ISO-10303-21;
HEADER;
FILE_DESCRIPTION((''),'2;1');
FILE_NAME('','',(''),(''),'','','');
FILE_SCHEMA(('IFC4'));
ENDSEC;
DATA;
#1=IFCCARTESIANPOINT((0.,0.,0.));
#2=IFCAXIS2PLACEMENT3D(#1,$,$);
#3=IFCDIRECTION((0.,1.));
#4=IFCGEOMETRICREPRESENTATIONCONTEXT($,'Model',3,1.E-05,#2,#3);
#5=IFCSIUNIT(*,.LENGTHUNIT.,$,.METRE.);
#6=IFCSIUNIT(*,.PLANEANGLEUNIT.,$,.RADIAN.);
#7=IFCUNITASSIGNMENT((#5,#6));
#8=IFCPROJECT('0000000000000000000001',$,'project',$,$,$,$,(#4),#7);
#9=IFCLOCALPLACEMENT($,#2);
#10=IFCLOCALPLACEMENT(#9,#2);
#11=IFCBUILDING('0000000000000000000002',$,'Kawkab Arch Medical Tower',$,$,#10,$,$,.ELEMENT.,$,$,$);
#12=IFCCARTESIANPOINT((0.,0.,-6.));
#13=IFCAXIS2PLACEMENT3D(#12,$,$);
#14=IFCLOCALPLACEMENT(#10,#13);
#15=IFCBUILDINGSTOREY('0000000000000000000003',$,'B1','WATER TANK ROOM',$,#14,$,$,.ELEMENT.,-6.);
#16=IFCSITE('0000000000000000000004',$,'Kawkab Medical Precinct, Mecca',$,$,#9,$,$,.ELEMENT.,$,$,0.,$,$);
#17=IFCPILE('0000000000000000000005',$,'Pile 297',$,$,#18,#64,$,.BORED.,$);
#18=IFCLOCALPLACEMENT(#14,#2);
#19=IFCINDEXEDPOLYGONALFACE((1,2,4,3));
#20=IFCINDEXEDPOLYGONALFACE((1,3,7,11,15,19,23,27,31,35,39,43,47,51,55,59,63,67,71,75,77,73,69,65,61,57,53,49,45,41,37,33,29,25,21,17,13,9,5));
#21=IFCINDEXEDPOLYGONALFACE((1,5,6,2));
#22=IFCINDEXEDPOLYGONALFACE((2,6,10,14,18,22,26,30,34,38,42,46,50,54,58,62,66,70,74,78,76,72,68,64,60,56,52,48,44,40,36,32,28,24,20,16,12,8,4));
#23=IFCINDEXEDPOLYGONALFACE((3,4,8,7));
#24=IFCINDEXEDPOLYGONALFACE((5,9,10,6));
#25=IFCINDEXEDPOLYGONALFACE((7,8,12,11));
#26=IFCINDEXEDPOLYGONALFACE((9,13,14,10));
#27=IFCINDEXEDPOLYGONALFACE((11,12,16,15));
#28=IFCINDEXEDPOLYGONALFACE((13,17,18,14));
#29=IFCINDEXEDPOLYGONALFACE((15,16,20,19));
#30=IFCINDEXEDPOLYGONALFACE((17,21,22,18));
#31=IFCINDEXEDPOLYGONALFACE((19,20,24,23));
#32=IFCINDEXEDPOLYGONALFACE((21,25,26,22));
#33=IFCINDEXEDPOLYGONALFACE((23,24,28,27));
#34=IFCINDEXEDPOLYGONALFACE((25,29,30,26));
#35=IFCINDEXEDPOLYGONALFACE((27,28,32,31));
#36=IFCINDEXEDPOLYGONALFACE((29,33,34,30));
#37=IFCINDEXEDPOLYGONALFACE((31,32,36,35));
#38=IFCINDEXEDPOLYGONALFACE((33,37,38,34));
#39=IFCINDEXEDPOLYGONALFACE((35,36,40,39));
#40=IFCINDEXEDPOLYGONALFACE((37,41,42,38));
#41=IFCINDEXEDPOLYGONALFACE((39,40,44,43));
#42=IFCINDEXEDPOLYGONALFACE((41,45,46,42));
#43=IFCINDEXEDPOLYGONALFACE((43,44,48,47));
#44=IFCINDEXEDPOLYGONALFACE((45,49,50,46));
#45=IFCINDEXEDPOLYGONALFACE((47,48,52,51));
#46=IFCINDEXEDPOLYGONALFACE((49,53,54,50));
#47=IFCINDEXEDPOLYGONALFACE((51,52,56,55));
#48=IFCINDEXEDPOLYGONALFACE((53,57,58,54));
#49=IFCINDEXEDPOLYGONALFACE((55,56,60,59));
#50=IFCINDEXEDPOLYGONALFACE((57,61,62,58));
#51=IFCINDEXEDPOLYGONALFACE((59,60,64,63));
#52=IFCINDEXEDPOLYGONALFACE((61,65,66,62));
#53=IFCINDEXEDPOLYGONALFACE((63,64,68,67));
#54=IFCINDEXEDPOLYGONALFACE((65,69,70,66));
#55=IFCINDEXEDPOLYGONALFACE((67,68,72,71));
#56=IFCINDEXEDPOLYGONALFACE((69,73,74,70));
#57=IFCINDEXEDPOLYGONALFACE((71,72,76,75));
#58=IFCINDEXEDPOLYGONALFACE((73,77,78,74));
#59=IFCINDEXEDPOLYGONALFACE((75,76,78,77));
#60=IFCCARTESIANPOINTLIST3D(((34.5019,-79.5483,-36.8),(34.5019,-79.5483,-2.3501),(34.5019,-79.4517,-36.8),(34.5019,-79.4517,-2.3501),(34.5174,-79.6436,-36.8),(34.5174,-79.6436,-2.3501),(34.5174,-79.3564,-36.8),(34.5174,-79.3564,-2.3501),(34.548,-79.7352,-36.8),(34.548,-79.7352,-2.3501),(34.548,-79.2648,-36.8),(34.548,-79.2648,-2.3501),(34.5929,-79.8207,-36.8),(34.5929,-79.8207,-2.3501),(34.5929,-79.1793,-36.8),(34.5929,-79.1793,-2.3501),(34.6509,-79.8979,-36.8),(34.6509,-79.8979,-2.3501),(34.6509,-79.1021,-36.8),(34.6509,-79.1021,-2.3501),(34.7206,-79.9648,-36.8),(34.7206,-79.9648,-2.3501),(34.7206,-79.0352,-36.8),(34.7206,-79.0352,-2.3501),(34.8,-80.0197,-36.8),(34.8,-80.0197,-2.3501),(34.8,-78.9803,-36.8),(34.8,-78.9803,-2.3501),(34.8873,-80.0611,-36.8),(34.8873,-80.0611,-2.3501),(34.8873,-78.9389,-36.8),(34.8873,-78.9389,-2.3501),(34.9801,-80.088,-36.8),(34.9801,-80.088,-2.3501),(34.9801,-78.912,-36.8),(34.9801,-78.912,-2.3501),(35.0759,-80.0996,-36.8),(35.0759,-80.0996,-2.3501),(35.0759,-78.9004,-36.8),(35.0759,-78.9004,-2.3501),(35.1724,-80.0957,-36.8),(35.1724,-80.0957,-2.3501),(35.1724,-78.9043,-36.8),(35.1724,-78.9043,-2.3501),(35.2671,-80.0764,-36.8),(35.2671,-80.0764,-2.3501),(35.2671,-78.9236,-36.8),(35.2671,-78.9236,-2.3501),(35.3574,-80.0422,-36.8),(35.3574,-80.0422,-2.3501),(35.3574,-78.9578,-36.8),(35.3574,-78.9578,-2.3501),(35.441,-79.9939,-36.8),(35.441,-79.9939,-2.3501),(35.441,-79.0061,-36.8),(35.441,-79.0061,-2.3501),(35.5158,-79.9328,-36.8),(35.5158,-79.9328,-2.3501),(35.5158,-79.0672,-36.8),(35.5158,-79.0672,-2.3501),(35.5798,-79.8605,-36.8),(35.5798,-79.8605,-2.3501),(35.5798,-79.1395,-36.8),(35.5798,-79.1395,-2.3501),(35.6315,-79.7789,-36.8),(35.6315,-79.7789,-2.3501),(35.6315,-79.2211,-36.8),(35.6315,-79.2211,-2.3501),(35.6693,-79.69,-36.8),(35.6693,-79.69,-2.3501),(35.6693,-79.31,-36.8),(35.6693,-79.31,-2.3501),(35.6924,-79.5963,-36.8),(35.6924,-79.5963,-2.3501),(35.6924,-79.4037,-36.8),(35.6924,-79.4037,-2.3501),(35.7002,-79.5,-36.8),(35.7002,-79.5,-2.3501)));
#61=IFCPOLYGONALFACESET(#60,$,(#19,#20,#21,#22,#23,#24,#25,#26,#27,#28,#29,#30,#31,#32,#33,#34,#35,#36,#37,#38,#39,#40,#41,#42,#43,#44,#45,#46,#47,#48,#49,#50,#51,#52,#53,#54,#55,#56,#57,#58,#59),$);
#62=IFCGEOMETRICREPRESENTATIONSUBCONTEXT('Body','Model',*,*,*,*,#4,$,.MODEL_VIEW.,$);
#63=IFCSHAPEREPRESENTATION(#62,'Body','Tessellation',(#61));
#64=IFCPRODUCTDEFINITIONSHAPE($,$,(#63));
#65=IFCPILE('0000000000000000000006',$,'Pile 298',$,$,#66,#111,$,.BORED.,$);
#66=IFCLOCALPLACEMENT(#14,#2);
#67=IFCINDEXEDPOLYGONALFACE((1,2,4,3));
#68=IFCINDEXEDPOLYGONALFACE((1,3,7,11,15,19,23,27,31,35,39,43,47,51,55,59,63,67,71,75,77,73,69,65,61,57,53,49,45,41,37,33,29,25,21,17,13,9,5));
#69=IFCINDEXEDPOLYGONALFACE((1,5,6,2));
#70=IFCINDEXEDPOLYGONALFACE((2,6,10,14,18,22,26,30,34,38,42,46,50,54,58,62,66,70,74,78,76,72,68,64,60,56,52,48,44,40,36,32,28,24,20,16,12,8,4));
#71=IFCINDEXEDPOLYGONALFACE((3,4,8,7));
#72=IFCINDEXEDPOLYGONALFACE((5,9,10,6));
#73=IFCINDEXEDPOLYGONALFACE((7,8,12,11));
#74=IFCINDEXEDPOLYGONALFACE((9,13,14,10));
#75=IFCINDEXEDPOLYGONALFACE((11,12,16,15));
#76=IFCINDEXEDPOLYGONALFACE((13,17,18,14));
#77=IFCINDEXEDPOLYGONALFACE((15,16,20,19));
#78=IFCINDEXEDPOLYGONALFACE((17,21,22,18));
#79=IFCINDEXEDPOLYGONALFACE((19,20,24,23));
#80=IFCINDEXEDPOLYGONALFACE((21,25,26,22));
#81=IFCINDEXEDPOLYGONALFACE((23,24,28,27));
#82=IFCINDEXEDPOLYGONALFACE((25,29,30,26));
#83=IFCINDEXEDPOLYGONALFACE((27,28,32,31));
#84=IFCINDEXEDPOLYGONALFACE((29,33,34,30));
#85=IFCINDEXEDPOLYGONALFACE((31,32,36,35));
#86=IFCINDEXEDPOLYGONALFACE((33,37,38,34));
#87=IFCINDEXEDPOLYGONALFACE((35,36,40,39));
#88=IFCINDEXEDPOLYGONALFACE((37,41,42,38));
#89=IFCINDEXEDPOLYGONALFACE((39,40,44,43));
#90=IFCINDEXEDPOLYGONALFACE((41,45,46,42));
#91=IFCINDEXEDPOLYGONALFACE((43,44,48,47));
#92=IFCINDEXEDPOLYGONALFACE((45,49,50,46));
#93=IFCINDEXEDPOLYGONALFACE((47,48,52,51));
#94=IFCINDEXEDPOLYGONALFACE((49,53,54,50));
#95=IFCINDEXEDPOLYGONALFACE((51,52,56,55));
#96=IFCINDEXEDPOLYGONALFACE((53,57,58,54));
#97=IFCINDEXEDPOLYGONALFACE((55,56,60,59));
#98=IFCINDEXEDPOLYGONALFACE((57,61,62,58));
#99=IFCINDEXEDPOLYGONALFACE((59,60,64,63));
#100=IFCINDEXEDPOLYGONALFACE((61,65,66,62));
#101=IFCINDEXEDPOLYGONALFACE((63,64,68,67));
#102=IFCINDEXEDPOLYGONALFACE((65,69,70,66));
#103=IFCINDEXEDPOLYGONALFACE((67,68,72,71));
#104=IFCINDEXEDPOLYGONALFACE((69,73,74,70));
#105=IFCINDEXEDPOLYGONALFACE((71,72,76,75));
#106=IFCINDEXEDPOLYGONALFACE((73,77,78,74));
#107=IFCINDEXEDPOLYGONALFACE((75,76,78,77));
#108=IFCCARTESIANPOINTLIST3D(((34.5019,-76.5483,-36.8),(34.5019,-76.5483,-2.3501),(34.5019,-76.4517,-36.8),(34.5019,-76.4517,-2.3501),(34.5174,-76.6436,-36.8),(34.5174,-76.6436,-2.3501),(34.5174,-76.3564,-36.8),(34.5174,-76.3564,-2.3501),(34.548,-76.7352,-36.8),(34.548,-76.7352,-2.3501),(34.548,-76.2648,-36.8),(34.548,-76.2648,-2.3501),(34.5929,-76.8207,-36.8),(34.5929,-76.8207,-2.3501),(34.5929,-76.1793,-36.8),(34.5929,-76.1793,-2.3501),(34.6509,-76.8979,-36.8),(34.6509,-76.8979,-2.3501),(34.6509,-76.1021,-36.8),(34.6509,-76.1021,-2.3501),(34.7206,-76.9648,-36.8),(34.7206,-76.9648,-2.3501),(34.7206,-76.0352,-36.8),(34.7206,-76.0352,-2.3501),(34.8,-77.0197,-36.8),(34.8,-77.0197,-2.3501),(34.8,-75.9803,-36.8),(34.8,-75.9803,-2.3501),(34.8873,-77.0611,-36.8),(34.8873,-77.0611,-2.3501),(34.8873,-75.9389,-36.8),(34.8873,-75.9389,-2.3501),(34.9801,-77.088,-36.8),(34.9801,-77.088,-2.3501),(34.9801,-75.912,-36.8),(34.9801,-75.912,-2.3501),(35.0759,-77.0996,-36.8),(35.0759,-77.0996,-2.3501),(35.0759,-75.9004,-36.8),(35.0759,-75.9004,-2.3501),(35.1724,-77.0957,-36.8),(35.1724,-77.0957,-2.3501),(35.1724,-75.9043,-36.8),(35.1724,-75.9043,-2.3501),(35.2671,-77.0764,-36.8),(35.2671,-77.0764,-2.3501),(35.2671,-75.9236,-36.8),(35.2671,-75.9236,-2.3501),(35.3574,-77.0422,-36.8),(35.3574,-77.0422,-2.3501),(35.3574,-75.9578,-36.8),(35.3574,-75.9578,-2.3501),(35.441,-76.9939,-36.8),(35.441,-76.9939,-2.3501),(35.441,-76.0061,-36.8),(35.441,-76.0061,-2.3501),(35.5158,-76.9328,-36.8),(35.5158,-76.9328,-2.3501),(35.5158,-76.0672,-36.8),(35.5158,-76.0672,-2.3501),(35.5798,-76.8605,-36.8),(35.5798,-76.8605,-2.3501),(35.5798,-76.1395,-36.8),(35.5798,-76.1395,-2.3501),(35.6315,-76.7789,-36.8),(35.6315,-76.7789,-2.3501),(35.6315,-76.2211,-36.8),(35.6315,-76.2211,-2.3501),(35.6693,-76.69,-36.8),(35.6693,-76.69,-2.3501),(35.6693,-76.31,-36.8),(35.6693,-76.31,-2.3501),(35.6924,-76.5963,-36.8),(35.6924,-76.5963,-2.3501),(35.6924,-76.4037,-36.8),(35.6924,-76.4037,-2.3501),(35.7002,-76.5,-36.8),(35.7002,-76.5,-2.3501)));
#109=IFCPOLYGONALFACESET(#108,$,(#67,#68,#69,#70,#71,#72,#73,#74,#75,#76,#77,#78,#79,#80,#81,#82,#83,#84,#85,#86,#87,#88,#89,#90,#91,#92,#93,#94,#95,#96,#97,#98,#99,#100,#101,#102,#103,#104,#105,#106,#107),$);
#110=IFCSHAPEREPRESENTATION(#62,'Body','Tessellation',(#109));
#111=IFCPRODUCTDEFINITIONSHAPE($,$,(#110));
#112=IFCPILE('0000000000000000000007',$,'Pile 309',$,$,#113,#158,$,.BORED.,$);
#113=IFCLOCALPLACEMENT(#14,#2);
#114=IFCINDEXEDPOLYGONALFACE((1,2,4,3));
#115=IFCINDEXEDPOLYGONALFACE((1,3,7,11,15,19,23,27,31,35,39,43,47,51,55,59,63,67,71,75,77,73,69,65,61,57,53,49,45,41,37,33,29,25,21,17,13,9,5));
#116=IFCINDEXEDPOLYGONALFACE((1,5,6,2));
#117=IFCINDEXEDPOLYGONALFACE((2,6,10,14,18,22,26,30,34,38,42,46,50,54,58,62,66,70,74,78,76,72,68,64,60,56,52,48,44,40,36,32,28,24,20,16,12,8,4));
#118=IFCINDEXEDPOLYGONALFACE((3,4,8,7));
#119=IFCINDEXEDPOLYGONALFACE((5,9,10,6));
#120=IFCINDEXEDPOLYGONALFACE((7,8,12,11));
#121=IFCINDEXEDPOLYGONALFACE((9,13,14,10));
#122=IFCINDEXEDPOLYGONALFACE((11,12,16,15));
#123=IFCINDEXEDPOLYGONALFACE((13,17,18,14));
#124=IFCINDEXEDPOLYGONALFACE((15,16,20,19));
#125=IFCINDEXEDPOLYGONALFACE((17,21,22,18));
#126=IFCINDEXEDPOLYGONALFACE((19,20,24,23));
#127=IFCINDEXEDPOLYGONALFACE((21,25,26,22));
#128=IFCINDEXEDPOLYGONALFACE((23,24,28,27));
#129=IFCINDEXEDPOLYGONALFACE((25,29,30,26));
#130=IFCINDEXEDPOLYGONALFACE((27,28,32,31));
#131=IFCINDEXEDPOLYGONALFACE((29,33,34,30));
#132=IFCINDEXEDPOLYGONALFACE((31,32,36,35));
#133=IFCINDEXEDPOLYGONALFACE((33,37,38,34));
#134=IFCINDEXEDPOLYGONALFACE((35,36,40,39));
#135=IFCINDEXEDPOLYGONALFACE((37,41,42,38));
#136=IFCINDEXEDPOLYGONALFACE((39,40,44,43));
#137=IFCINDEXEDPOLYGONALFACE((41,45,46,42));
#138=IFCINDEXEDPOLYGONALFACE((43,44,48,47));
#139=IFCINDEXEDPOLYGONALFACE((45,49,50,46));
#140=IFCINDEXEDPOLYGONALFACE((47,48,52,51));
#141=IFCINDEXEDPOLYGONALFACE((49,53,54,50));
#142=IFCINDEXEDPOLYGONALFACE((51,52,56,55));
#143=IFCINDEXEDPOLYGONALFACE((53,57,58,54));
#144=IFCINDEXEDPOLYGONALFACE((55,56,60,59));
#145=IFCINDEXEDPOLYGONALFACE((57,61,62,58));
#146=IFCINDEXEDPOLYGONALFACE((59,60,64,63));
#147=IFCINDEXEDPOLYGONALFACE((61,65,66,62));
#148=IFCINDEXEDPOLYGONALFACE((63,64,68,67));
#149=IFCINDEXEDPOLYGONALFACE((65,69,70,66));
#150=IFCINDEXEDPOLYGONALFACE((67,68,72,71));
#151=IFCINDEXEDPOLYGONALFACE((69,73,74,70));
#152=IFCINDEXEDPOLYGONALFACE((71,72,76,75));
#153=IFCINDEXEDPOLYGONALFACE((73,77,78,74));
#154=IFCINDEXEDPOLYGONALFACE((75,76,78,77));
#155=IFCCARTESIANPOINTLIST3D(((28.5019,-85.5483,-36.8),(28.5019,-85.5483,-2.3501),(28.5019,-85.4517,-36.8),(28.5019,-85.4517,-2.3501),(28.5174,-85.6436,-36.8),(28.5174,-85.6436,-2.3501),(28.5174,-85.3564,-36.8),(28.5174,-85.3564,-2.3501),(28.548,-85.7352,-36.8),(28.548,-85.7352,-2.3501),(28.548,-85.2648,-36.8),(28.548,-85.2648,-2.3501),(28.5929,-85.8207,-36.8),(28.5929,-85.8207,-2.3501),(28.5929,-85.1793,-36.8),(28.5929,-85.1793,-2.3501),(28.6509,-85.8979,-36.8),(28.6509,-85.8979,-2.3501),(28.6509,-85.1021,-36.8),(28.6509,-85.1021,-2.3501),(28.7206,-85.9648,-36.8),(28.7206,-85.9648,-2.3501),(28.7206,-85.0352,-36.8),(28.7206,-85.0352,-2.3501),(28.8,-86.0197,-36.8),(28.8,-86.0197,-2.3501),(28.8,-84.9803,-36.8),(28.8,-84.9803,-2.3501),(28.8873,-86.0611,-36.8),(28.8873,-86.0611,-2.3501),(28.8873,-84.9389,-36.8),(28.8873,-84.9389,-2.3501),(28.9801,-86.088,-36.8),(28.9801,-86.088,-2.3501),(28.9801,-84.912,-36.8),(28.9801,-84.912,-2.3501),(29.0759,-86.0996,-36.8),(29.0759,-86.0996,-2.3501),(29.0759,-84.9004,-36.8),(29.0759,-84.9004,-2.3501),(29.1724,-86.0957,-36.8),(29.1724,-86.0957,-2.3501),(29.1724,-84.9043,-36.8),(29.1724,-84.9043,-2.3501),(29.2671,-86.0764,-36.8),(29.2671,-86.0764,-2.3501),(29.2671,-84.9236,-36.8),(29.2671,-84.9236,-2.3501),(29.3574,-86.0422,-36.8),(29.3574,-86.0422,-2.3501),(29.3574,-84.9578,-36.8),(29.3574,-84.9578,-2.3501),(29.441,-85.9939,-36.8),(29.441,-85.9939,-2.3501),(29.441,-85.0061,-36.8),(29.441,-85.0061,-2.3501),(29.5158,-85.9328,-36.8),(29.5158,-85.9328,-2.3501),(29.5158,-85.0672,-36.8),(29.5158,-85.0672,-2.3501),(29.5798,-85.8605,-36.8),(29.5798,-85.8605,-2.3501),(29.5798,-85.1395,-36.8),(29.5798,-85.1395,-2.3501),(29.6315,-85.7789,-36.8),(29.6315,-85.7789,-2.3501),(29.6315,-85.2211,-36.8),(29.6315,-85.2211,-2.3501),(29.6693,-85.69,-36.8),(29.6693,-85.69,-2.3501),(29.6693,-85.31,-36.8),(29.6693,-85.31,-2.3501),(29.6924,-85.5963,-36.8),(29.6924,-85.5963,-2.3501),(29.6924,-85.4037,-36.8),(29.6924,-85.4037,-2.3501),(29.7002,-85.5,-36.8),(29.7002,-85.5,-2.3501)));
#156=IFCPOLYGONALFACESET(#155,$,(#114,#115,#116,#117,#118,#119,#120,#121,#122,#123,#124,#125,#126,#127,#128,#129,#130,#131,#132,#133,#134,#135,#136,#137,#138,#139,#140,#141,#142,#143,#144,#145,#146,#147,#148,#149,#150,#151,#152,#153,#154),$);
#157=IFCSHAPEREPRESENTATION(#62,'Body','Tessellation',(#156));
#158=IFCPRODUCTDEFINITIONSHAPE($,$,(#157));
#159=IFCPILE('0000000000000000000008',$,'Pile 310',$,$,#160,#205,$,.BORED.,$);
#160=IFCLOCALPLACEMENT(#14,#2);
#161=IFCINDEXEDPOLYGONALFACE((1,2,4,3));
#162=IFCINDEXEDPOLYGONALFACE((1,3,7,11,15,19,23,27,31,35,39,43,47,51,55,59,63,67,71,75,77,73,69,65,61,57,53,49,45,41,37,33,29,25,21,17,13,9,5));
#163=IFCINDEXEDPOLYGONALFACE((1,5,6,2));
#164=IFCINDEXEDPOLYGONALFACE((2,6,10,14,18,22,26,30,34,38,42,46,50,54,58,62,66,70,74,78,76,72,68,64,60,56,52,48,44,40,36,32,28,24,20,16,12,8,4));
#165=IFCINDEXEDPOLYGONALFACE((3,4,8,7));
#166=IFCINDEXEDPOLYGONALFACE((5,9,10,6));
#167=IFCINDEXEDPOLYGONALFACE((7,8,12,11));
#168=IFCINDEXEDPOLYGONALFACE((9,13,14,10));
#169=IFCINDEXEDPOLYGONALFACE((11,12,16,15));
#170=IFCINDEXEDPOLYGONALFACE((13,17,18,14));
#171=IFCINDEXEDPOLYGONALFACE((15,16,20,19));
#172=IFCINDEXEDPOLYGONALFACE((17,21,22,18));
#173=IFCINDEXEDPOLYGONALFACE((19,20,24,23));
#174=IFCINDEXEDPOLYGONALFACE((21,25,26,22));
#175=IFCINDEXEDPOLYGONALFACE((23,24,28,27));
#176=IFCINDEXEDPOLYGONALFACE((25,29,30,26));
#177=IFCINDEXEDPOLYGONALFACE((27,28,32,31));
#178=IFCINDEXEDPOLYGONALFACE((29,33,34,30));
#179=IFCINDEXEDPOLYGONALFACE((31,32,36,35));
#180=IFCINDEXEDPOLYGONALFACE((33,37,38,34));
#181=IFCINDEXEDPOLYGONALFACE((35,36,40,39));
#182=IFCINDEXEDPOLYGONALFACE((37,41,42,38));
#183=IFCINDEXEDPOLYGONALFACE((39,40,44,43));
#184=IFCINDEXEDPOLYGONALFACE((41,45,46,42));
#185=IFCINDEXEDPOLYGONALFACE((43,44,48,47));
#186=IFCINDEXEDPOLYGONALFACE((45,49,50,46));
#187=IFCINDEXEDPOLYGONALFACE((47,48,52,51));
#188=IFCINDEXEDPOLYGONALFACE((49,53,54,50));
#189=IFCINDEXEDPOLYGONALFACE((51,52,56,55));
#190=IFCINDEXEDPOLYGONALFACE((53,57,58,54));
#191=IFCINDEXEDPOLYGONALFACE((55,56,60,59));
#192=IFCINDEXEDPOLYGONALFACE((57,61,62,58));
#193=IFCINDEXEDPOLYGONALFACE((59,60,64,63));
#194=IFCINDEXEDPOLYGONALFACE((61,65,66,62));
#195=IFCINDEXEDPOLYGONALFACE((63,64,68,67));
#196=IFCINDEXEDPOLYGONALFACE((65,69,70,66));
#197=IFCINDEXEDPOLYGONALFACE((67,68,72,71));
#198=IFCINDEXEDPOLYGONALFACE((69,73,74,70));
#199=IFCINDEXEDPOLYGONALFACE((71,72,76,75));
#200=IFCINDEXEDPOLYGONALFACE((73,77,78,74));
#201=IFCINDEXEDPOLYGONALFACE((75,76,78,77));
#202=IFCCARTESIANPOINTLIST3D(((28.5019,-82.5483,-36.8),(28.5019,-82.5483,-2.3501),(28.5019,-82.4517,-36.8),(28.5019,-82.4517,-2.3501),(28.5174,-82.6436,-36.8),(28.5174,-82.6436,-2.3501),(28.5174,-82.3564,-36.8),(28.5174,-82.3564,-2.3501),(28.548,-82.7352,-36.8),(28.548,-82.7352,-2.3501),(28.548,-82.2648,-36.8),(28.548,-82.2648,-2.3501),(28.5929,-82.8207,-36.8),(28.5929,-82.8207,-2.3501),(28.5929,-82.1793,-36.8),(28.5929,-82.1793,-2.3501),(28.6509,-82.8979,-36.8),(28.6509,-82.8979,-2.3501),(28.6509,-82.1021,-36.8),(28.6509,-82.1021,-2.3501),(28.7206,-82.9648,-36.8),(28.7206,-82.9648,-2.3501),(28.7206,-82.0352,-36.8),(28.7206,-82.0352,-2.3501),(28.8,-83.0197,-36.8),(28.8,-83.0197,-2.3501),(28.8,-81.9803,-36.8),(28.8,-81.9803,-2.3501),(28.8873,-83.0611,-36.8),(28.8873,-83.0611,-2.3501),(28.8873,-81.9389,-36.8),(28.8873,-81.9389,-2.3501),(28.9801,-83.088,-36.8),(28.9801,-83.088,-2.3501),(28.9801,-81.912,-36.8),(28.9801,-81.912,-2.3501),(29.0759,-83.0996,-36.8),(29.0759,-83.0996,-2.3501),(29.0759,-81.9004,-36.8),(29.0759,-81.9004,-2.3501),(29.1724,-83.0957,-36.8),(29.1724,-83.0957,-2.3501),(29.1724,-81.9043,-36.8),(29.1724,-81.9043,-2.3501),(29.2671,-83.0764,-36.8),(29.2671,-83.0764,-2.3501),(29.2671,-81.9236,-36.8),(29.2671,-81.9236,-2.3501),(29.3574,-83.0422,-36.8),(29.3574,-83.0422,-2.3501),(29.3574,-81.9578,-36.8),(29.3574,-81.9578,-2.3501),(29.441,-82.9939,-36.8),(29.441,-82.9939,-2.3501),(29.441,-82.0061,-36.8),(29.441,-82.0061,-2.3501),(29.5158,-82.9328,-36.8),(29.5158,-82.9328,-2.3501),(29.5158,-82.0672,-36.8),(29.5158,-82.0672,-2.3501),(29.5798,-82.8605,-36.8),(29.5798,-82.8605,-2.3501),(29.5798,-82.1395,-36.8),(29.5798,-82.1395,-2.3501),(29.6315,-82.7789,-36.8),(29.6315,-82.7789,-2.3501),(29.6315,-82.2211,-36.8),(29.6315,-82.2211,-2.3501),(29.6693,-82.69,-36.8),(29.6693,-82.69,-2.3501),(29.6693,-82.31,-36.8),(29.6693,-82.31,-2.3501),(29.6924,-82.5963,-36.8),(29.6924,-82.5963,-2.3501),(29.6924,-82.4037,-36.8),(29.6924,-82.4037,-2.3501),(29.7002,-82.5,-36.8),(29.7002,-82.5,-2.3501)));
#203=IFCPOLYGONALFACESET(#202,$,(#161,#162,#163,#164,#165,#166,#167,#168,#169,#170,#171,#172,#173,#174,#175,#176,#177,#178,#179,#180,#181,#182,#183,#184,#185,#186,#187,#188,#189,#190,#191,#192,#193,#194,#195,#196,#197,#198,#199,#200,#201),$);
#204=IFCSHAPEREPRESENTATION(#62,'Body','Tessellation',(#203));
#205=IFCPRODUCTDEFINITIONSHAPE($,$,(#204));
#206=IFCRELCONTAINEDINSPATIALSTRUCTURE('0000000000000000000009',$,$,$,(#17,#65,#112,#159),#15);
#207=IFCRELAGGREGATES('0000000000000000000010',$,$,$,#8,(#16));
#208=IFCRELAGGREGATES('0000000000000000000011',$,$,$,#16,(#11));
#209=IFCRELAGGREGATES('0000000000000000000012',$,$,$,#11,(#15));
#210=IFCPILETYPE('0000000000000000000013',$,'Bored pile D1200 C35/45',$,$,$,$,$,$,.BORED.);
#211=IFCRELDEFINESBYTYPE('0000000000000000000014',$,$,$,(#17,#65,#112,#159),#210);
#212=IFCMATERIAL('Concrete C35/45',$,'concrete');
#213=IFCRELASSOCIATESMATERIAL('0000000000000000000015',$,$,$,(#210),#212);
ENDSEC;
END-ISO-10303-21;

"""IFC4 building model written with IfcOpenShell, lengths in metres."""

from ifc_helpers import new_model, si_unit, direction, frame, origin, origin_2d, place, context, subcontext, project, spatial, circle, extrude, material, material_profile, profile_set, type_object, element, save


model = new_model("IFC4")

# Units and contexts
model_context = context("Model", 3, precision=1e-05, world=origin(), true_north=direction((0.0, 1.0)))
body_context = subcontext(model_context, "Body", "Model", "MODEL_VIEW")
ifc_project = project(units=[si_unit("LENGTHUNIT", "METRE"), si_unit("PLANEANGLEUNIT", "RADIAN")], contexts=[model_context])

# Site, building, storey
site_placement = place(None, origin())
site = spatial("IfcSite", under=ifc_project, at=site_placement, Name="Kawkab Medical Precinct, Mecca", CompositionType="ELEMENT", RefElevation=0.0)
building_placement = place(site_placement, origin())
building = spatial("IfcBuilding", under=site, at=building_placement, Name="Kawkab Arch Medical Tower", CompositionType="ELEMENT")
storey_placement = place(building_placement, frame((0.0, 0.0, -6.0)))
storey = spatial("IfcBuildingStorey", under=building, at=storey_placement, Name="B1", Description="WATER TANK ROOM", CompositionType="ELEMENT", Elevation=-6.0)

# Piles
ifc_material_1 = material(Name="Concrete C35/45", Category="concrete")
ifc_material_profile_1 = material_profile(ifc_material_1, circle(Radius=0.6001, at=origin_2d()), Name="Bored pile D1200")
ifc_profile_set_1 = profile_set([ifc_material_profile_1], Name="Concrete C35/45")
pile_type = type_object("IfcPileType", Name="Bored pile D1200 C35/45", PredefinedType="BORED", material=ifc_profile_set_1)
for number, where, z_axis, x_axis, name in (
    (1, (35.1001, -79.5, -2.3501), (0.0, 0.0, -1.0), (1.0, 0.0, 0.0), "Pile 297"),
    (2, (35.1001, -76.5, -2.3501), (0.0, 0.0, -1.0), (1.0, 0.0, 0.0), "Pile 298"),
    (3, (29.1001, -85.5, -2.3501), (0.0, 0.0, -1.0), (1.0, 0.0, 0.0), "Pile 309"),
    (4, (29.1001, -82.5, -2.3501), (0.0, 0.0, -1.0), (1.0, 0.0, 0.0), "Pile 310"),
):
    element("IfcPile", number, at=place(storey_placement, frame(where, z_axis=z_axis, x_axis=x_axis)), inside=storey, type_object=pile_type, Name=name, PredefinedType="BORED", context=body_context, shape_type="SweptSolid", body=[
        extrude(circle(Radius=0.6001, at=origin_2d()), origin(), (0.0, 0.0, 1.0), 34.45),
    ])

save(model, "model.ifc")
